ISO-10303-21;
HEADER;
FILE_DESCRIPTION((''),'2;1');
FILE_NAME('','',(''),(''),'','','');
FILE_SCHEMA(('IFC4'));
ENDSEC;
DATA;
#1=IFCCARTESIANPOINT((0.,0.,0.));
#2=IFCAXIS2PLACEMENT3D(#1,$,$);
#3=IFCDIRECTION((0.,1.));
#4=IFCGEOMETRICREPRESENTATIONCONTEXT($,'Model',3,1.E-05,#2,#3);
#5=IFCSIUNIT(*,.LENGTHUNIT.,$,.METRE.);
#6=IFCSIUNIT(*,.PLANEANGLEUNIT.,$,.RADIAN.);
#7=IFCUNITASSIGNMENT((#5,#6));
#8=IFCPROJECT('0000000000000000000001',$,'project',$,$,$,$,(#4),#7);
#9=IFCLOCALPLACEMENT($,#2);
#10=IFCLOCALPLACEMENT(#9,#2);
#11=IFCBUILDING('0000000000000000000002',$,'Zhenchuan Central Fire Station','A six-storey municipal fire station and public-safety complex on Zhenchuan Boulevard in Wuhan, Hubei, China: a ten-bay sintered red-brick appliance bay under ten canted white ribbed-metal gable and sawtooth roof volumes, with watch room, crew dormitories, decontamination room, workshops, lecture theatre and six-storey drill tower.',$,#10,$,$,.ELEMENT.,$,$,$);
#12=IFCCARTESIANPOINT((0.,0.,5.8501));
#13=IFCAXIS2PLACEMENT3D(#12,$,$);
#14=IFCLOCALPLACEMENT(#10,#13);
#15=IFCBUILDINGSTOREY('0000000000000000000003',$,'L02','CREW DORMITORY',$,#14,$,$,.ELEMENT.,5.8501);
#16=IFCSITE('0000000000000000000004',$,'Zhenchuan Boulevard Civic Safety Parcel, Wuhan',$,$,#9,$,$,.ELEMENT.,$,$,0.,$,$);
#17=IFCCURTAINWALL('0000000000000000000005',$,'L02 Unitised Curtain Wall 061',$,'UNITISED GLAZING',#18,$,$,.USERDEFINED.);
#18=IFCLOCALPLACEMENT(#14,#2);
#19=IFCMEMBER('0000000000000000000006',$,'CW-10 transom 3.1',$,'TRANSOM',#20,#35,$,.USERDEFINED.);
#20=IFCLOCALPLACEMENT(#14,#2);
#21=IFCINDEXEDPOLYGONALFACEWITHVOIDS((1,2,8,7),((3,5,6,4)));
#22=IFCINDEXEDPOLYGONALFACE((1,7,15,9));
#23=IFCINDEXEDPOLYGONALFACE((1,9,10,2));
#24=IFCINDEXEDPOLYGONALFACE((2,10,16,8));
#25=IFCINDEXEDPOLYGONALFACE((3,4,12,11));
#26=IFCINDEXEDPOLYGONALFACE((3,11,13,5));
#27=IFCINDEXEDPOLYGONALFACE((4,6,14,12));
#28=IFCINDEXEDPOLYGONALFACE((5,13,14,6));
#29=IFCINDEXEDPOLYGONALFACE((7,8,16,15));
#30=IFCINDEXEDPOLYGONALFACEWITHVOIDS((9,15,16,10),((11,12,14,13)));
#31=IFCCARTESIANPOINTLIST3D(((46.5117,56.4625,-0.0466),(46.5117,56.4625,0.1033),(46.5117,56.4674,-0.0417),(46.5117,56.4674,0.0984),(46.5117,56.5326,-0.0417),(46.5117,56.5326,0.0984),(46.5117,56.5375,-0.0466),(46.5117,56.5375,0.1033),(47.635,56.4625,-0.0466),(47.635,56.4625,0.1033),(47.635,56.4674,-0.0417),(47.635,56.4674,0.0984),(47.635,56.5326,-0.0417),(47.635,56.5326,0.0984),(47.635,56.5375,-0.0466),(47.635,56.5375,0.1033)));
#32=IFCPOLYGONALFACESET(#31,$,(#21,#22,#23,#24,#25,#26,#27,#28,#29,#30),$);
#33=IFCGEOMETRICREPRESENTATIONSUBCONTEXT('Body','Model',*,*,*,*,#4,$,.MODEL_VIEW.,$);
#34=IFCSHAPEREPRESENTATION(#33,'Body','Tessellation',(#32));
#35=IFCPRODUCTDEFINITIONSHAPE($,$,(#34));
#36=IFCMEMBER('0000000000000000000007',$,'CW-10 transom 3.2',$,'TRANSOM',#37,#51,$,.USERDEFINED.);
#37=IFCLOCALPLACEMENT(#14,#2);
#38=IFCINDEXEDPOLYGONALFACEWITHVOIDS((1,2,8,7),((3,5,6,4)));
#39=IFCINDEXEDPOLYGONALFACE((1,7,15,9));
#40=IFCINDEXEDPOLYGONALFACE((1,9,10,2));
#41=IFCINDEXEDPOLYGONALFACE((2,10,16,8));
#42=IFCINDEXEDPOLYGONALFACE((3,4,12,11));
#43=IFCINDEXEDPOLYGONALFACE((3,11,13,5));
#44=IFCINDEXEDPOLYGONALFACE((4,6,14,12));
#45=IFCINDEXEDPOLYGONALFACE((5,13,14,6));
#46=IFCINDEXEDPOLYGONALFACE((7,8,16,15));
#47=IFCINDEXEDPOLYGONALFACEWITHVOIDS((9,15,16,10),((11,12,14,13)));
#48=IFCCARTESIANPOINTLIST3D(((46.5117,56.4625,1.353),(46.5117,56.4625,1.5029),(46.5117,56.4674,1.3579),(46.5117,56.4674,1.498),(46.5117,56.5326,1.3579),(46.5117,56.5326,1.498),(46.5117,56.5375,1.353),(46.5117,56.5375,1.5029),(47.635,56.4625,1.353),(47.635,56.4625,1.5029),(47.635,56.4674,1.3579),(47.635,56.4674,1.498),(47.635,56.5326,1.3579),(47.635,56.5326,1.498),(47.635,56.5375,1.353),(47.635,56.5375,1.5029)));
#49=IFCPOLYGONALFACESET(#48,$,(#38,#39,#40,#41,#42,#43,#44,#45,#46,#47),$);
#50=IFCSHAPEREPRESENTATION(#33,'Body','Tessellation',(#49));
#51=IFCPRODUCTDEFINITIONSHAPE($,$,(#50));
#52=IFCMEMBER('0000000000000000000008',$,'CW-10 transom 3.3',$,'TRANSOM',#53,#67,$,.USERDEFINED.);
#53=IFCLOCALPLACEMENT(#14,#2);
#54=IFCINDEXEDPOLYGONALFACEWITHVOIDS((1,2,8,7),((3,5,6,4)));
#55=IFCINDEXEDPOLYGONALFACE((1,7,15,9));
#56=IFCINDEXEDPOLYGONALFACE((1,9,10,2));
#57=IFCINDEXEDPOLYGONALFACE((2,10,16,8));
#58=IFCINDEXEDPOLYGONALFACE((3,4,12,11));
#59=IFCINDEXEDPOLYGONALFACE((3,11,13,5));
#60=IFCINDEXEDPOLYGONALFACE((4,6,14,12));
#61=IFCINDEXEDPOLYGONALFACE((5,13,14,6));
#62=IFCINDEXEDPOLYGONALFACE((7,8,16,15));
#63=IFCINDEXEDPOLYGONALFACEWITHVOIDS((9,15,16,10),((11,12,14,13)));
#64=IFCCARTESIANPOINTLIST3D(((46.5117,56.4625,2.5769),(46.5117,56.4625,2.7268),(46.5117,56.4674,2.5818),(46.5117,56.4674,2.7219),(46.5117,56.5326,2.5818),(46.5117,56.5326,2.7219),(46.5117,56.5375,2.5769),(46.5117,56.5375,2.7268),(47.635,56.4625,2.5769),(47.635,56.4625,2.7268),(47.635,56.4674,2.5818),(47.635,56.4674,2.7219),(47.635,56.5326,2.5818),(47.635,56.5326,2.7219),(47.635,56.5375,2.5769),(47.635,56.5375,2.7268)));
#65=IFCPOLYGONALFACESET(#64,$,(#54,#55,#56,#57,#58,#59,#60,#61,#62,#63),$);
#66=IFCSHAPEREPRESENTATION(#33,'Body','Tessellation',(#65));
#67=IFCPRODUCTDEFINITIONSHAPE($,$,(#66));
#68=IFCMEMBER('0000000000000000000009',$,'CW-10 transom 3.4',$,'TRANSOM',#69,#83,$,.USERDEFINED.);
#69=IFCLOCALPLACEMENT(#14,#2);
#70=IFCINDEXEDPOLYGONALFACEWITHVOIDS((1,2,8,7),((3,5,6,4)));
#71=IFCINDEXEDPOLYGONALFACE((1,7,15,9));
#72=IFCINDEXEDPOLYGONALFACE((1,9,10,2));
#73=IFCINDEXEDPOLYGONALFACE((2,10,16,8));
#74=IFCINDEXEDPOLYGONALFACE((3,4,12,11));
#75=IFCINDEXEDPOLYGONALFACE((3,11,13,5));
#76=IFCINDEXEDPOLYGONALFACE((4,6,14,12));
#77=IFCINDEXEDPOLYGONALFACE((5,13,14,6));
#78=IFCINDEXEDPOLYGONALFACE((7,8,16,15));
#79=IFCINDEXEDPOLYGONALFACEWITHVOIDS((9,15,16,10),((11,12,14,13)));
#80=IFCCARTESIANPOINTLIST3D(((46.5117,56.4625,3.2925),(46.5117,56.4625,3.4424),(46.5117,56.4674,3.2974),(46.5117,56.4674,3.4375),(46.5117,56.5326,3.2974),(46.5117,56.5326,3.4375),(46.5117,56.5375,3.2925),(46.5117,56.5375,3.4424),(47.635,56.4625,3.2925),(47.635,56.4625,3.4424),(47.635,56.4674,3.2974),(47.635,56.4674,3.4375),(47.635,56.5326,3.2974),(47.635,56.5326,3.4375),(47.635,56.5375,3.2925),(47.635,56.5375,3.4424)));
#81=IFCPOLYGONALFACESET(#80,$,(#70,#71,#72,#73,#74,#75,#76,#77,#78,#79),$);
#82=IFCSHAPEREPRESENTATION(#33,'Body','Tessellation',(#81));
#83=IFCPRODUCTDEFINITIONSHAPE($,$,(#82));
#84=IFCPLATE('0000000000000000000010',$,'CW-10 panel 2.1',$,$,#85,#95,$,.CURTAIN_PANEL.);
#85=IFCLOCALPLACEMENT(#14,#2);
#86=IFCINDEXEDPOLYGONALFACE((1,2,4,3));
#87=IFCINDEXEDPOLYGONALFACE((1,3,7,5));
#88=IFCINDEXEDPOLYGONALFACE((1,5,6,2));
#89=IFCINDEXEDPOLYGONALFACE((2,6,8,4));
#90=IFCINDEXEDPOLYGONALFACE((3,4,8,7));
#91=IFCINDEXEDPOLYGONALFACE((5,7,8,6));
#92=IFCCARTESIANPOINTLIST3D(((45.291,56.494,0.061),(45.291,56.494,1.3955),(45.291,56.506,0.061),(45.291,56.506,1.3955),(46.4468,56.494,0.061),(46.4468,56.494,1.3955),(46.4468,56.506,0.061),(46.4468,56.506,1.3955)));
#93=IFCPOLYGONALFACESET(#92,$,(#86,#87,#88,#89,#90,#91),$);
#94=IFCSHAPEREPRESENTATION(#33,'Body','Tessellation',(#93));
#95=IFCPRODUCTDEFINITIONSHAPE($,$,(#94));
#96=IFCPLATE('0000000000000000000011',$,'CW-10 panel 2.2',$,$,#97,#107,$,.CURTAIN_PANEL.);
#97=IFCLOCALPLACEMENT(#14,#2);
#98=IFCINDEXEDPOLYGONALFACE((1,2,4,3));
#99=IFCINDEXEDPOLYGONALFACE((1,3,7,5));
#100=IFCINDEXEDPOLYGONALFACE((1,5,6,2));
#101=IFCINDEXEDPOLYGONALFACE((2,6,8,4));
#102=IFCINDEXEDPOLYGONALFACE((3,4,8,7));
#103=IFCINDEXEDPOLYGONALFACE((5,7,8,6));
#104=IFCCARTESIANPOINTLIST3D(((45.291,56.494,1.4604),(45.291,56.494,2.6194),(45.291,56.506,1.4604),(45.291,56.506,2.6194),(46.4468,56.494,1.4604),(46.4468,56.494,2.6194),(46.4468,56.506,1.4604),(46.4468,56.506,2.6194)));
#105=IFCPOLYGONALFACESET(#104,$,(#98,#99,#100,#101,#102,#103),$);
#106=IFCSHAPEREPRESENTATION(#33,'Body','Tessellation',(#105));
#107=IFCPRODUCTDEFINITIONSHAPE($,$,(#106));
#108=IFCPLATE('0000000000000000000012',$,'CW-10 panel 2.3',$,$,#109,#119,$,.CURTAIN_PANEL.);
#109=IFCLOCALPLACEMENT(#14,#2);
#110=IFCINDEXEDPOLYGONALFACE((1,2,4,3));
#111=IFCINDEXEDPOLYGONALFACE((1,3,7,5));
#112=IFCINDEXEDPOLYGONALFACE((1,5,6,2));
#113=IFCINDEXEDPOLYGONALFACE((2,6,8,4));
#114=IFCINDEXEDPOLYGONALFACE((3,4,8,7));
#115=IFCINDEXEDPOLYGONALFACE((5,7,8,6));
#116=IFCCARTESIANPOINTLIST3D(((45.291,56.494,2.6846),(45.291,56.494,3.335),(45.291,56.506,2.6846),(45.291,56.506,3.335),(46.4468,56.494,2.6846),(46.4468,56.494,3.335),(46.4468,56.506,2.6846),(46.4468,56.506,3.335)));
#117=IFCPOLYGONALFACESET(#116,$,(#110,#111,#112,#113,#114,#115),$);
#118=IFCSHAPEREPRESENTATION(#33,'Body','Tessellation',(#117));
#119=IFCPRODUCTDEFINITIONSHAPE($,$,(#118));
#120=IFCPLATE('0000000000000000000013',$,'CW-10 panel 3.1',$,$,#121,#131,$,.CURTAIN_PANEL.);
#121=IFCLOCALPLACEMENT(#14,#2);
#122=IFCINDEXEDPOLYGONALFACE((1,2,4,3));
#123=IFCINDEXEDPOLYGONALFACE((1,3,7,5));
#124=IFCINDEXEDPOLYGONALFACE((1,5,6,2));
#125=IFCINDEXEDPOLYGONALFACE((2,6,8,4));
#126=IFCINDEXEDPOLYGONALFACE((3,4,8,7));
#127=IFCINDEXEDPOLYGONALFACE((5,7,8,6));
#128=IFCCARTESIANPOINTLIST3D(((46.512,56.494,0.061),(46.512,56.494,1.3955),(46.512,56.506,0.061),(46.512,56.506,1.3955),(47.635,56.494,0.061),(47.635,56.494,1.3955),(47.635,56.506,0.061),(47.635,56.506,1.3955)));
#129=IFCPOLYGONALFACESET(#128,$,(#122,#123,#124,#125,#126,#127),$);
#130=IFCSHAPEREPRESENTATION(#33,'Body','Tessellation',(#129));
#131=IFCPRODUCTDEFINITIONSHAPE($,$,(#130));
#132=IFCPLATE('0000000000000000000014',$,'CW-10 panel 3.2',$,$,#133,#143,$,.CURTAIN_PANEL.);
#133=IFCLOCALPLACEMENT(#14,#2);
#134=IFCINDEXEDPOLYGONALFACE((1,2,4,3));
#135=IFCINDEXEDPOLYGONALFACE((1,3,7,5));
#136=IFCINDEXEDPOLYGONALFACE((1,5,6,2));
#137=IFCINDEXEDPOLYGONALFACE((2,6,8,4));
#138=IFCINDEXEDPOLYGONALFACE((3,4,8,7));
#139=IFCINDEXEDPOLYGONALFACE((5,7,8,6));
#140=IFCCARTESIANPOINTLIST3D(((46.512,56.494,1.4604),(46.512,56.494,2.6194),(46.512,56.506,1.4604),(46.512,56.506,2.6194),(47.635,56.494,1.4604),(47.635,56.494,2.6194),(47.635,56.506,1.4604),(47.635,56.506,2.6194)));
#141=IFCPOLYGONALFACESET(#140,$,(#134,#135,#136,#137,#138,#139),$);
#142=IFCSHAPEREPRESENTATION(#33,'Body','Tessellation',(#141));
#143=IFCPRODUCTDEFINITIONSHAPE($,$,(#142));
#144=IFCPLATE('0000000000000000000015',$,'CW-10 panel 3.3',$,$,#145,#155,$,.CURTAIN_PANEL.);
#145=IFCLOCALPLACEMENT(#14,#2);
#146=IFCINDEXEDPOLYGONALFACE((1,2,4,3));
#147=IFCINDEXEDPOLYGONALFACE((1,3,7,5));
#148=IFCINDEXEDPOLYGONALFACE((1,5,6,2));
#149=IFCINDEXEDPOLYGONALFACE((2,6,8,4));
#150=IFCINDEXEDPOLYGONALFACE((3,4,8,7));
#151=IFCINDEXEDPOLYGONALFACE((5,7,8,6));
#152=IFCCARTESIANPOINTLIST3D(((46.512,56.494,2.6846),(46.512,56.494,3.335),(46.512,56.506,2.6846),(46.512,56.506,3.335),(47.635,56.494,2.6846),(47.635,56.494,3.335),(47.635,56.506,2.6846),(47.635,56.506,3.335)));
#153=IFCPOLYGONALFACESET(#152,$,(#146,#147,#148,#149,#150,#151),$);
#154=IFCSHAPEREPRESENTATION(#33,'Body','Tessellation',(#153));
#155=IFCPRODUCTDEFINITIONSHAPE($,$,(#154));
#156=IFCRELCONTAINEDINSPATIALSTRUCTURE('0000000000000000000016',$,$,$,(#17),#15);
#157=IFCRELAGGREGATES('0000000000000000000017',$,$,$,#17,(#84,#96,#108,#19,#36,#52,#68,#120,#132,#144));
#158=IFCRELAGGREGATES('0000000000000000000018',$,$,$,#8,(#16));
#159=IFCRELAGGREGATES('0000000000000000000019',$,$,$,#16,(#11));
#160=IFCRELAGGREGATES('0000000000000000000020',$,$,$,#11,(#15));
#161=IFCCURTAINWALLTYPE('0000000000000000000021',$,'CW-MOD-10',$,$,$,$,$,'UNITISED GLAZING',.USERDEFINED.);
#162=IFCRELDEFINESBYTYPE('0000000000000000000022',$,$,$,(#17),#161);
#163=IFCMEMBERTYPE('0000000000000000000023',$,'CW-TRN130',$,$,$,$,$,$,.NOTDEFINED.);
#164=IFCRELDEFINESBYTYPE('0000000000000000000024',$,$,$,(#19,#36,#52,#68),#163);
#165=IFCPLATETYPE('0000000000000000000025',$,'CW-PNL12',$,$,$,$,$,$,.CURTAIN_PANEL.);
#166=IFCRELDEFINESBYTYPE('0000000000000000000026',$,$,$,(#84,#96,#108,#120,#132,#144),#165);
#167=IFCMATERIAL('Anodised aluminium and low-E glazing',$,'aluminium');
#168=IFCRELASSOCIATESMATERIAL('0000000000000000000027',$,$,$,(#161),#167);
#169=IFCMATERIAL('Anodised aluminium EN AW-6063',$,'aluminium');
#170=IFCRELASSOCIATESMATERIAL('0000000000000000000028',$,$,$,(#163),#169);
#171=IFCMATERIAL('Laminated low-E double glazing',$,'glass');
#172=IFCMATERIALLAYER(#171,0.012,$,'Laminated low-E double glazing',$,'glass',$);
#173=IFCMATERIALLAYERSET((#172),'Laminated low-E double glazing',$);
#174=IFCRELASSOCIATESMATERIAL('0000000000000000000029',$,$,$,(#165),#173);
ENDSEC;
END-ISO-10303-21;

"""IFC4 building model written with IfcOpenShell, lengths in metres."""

from ifc_helpers import new_model, si_unit, direction, frame, origin, origin_2d, place, context, subcontext, project, spatial, rectangle, hollow_rectangle, extrude, material, layer, layer_set, material_profile, profile_set, type_object, element, aggregate, save


model = new_model("IFC4")

# Units and contexts
model_context = context("Model", 3, precision=1e-05, world=origin(), true_north=direction((0.0, 1.0)))
body_context = subcontext(model_context, "Body", "Model", "MODEL_VIEW")
ifc_project = project(units=[si_unit("LENGTHUNIT", "METRE"), si_unit("PLANEANGLEUNIT", "RADIAN")], contexts=[model_context])

# Site, building, storey
site_placement = place(None, origin())
site = spatial("IfcSite", under=ifc_project, at=site_placement, Name="Zhenchuan Boulevard Civic Safety Parcel, Wuhan", CompositionType="ELEMENT", RefElevation=0.0)
building_placement = place(site_placement, origin())
building = spatial("IfcBuilding", under=site, at=building_placement, Name="Zhenchuan Central Fire Station", Description="A six-storey municipal fire station and public-safety complex on Zhenchuan Boulevard in Wuhan, Hubei, China: a ten-bay sintered red-brick appliance bay under ten canted white ribbed-metal gable and sawtooth roof volumes, with watch room, crew dormitories, decontamination room, workshops, lecture theatre and six-storey drill tower.", CompositionType="ELEMENT")
storey_placement = place(building_placement, frame((0.0, 0.0, 5.8501)))
storey = spatial("IfcBuildingStorey", under=building, at=storey_placement, Name="L02", Description="CREW DORMITORY", CompositionType="ELEMENT", Elevation=5.8501)

# Curtain wall, members, plates
ifc_material_1 = material(Name="Anodised aluminium and low-E glazing", Category="aluminium")
curtain_wall_type = type_object("IfcCurtainWallType", Name="CW-MOD-10", ElementType="UNITISED GLAZING", PredefinedType="USERDEFINED", material=ifc_material_1)
curtain_wall_placement = place(storey_placement, origin())
curtain_wall = element("IfcCurtainWall", 1, at=curtain_wall_placement, inside=storey, type_object=curtain_wall_type, Name="L02 Unitised Curtain Wall 061", ObjectType="UNITISED GLAZING", PredefinedType="USERDEFINED")
ifc_material_2 = material(Name="Anodised aluminium EN AW-6063", Category="aluminium")
ifc_material_profile_1 = material_profile(ifc_material_2, hollow_rectangle(XDim=0.075, YDim=0.1499, WallThickness=0.0049, at=origin_2d()), Name="ALU-T 150x75")
ifc_profile_set_1 = profile_set([ifc_material_profile_1], Name="Anodised aluminium EN AW-6063")
member_type_1 = type_object("IfcMemberType", Name="CW-TRN130", PredefinedType="NOTDEFINED", material=ifc_profile_set_1)
member_1_placement = place(storey_placement, frame((46.5117, 56.5, 0.0283), z_axis=(1.0, 0.0, 0.0), x_axis=(0.0, 1.0, 0.0)))
member_1 = element("IfcMember", 2, at=member_1_placement, type_object=member_type_1, Name="CW-10 transom 3.1", ObjectType="TRANSOM", PredefinedType="USERDEFINED", context=body_context, shape_type="SweptSolid", body=[
    extrude(hollow_rectangle(XDim=0.075, YDim=0.1499, WallThickness=0.0049, at=origin_2d()), origin(), (0.0, 0.0, 1.0), 1.1233),
])
member_2_placement = place(storey_placement, frame((46.5117, 56.5, 1.428), z_axis=(1.0, 0.0, 0.0), x_axis=(0.0, 1.0, 0.0)))
member_2 = element("IfcMember", 3, at=member_2_placement, type_object=member_type_1, Name="CW-10 transom 3.2", ObjectType="TRANSOM", PredefinedType="USERDEFINED", context=body_context, shape_type="SweptSolid", body=[
    extrude(hollow_rectangle(XDim=0.075, YDim=0.1499, WallThickness=0.0049, at=origin_2d()), origin(), (0.0, 0.0, 1.0), 1.1233),
])
member_3_placement = place(storey_placement, frame((46.5117, 56.5, 2.6519), z_axis=(1.0, 0.0, 0.0), x_axis=(0.0, 1.0, 0.0)))
member_3 = element("IfcMember", 4, at=member_3_placement, type_object=member_type_1, Name="CW-10 transom 3.3", ObjectType="TRANSOM", PredefinedType="USERDEFINED", context=body_context, shape_type="SweptSolid", body=[
    extrude(hollow_rectangle(XDim=0.075, YDim=0.1499, WallThickness=0.0049, at=origin_2d()), origin(), (0.0, 0.0, 1.0), 1.1233),
])
member_4_placement = place(storey_placement, frame((46.5117, 56.5, 3.3674), z_axis=(1.0, 0.0, 0.0), x_axis=(0.0, 1.0, 0.0)))
member_4 = element("IfcMember", 5, at=member_4_placement, type_object=member_type_1, Name="CW-10 transom 3.4", ObjectType="TRANSOM", PredefinedType="USERDEFINED", context=body_context, shape_type="SweptSolid", body=[
    extrude(hollow_rectangle(XDim=0.075, YDim=0.1499, WallThickness=0.0049, at=origin_2d()), origin(), (0.0, 0.0, 1.0), 1.1233),
])
ifc_material_3 = material(Name="Laminated low-E double glazing", Category="glass")
ifc_layer_1 = layer(ifc_material_3, 0.012, Name="Laminated low-E double glazing", Category="glass")
ifc_layer_set_1 = layer_set([ifc_layer_1], Name="Laminated low-E double glazing")
plate_type = type_object("IfcPlateType", Name="CW-PNL12", PredefinedType="CURTAIN_PANEL", material=ifc_layer_set_1)
plate_1_placement = place(storey_placement, frame((45.8689, 56.5, 0.061), z_axis=(0.0, 0.0, 1.0), x_axis=(1.0, 0.0, 0.0)))
plate_1 = element("IfcPlate", 6, at=plate_1_placement, type_object=plate_type, Name="CW-10 panel 2.1", PredefinedType="CURTAIN_PANEL", context=body_context, shape_type="SweptSolid", body=[
    extrude(rectangle(XDim=1.1558, YDim=0.012, at=origin_2d()), origin(), (0.0, 0.0, 1.0), 1.3345),
])
plate_2_placement = place(storey_placement, frame((45.8689, 56.5, 1.4604), z_axis=(0.0, 0.0, 1.0), x_axis=(1.0, 0.0, 0.0)))
plate_2 = element("IfcPlate", 7, at=plate_2_placement, type_object=plate_type, Name="CW-10 panel 2.2", PredefinedType="CURTAIN_PANEL", context=body_context, shape_type="SweptSolid", body=[
    extrude(rectangle(XDim=1.1558, YDim=0.012, at=origin_2d()), origin(), (0.0, 0.0, 1.0), 1.1589),
])
plate_3_placement = place(storey_placement, frame((45.8689, 56.5, 2.6846), z_axis=(0.0, 0.0, 1.0), x_axis=(1.0, 0.0, 0.0)))
plate_3 = element("IfcPlate", 8, at=plate_3_placement, type_object=plate_type, Name="CW-10 panel 2.3", PredefinedType="CURTAIN_PANEL", context=body_context, shape_type="SweptSolid", body=[
    extrude(rectangle(XDim=1.1558, YDim=0.012, at=origin_2d()), origin(), (0.0, 0.0, 1.0), 0.6504),
])
plate_4_placement = place(storey_placement, frame((47.0735, 56.5, 0.061), z_axis=(0.0, 0.0, 1.0), x_axis=(1.0, 0.0, 0.0)))
plate_4 = element("IfcPlate", 9, at=plate_4_placement, type_object=plate_type, Name="CW-10 panel 3.1", PredefinedType="CURTAIN_PANEL", context=body_context, shape_type="SweptSolid", body=[
    extrude(rectangle(XDim=1.123, YDim=0.012, at=origin_2d()), origin(), (0.0, 0.0, 1.0), 1.3345),
])
plate_5_placement = place(storey_placement, frame((47.0735, 56.5, 1.4604), z_axis=(0.0, 0.0, 1.0), x_axis=(1.0, 0.0, 0.0)))
plate_5 = element("IfcPlate", 10, at=plate_5_placement, type_object=plate_type, Name="CW-10 panel 3.2", PredefinedType="CURTAIN_PANEL", context=body_context, shape_type="SweptSolid", body=[
    extrude(rectangle(XDim=1.123, YDim=0.012, at=origin_2d()), origin(), (0.0, 0.0, 1.0), 1.1589),
])
plate_6_placement = place(storey_placement, frame((47.0735, 56.5, 2.6846), z_axis=(0.0, 0.0, 1.0), x_axis=(1.0, 0.0, 0.0)))
plate_6 = element("IfcPlate", 11, at=plate_6_placement, type_object=plate_type, Name="CW-10 panel 3.3", PredefinedType="CURTAIN_PANEL", context=body_context, shape_type="SweptSolid", body=[
    extrude(rectangle(XDim=1.123, YDim=0.012, at=origin_2d()), origin(), (0.0, 0.0, 1.0), 0.6504),
])
aggregate(curtain_wall, [plate_1, plate_2, plate_3, member_1, member_2, member_3, member_4, plate_4, plate_5, plate_6])

save(model, "model.ifc")
